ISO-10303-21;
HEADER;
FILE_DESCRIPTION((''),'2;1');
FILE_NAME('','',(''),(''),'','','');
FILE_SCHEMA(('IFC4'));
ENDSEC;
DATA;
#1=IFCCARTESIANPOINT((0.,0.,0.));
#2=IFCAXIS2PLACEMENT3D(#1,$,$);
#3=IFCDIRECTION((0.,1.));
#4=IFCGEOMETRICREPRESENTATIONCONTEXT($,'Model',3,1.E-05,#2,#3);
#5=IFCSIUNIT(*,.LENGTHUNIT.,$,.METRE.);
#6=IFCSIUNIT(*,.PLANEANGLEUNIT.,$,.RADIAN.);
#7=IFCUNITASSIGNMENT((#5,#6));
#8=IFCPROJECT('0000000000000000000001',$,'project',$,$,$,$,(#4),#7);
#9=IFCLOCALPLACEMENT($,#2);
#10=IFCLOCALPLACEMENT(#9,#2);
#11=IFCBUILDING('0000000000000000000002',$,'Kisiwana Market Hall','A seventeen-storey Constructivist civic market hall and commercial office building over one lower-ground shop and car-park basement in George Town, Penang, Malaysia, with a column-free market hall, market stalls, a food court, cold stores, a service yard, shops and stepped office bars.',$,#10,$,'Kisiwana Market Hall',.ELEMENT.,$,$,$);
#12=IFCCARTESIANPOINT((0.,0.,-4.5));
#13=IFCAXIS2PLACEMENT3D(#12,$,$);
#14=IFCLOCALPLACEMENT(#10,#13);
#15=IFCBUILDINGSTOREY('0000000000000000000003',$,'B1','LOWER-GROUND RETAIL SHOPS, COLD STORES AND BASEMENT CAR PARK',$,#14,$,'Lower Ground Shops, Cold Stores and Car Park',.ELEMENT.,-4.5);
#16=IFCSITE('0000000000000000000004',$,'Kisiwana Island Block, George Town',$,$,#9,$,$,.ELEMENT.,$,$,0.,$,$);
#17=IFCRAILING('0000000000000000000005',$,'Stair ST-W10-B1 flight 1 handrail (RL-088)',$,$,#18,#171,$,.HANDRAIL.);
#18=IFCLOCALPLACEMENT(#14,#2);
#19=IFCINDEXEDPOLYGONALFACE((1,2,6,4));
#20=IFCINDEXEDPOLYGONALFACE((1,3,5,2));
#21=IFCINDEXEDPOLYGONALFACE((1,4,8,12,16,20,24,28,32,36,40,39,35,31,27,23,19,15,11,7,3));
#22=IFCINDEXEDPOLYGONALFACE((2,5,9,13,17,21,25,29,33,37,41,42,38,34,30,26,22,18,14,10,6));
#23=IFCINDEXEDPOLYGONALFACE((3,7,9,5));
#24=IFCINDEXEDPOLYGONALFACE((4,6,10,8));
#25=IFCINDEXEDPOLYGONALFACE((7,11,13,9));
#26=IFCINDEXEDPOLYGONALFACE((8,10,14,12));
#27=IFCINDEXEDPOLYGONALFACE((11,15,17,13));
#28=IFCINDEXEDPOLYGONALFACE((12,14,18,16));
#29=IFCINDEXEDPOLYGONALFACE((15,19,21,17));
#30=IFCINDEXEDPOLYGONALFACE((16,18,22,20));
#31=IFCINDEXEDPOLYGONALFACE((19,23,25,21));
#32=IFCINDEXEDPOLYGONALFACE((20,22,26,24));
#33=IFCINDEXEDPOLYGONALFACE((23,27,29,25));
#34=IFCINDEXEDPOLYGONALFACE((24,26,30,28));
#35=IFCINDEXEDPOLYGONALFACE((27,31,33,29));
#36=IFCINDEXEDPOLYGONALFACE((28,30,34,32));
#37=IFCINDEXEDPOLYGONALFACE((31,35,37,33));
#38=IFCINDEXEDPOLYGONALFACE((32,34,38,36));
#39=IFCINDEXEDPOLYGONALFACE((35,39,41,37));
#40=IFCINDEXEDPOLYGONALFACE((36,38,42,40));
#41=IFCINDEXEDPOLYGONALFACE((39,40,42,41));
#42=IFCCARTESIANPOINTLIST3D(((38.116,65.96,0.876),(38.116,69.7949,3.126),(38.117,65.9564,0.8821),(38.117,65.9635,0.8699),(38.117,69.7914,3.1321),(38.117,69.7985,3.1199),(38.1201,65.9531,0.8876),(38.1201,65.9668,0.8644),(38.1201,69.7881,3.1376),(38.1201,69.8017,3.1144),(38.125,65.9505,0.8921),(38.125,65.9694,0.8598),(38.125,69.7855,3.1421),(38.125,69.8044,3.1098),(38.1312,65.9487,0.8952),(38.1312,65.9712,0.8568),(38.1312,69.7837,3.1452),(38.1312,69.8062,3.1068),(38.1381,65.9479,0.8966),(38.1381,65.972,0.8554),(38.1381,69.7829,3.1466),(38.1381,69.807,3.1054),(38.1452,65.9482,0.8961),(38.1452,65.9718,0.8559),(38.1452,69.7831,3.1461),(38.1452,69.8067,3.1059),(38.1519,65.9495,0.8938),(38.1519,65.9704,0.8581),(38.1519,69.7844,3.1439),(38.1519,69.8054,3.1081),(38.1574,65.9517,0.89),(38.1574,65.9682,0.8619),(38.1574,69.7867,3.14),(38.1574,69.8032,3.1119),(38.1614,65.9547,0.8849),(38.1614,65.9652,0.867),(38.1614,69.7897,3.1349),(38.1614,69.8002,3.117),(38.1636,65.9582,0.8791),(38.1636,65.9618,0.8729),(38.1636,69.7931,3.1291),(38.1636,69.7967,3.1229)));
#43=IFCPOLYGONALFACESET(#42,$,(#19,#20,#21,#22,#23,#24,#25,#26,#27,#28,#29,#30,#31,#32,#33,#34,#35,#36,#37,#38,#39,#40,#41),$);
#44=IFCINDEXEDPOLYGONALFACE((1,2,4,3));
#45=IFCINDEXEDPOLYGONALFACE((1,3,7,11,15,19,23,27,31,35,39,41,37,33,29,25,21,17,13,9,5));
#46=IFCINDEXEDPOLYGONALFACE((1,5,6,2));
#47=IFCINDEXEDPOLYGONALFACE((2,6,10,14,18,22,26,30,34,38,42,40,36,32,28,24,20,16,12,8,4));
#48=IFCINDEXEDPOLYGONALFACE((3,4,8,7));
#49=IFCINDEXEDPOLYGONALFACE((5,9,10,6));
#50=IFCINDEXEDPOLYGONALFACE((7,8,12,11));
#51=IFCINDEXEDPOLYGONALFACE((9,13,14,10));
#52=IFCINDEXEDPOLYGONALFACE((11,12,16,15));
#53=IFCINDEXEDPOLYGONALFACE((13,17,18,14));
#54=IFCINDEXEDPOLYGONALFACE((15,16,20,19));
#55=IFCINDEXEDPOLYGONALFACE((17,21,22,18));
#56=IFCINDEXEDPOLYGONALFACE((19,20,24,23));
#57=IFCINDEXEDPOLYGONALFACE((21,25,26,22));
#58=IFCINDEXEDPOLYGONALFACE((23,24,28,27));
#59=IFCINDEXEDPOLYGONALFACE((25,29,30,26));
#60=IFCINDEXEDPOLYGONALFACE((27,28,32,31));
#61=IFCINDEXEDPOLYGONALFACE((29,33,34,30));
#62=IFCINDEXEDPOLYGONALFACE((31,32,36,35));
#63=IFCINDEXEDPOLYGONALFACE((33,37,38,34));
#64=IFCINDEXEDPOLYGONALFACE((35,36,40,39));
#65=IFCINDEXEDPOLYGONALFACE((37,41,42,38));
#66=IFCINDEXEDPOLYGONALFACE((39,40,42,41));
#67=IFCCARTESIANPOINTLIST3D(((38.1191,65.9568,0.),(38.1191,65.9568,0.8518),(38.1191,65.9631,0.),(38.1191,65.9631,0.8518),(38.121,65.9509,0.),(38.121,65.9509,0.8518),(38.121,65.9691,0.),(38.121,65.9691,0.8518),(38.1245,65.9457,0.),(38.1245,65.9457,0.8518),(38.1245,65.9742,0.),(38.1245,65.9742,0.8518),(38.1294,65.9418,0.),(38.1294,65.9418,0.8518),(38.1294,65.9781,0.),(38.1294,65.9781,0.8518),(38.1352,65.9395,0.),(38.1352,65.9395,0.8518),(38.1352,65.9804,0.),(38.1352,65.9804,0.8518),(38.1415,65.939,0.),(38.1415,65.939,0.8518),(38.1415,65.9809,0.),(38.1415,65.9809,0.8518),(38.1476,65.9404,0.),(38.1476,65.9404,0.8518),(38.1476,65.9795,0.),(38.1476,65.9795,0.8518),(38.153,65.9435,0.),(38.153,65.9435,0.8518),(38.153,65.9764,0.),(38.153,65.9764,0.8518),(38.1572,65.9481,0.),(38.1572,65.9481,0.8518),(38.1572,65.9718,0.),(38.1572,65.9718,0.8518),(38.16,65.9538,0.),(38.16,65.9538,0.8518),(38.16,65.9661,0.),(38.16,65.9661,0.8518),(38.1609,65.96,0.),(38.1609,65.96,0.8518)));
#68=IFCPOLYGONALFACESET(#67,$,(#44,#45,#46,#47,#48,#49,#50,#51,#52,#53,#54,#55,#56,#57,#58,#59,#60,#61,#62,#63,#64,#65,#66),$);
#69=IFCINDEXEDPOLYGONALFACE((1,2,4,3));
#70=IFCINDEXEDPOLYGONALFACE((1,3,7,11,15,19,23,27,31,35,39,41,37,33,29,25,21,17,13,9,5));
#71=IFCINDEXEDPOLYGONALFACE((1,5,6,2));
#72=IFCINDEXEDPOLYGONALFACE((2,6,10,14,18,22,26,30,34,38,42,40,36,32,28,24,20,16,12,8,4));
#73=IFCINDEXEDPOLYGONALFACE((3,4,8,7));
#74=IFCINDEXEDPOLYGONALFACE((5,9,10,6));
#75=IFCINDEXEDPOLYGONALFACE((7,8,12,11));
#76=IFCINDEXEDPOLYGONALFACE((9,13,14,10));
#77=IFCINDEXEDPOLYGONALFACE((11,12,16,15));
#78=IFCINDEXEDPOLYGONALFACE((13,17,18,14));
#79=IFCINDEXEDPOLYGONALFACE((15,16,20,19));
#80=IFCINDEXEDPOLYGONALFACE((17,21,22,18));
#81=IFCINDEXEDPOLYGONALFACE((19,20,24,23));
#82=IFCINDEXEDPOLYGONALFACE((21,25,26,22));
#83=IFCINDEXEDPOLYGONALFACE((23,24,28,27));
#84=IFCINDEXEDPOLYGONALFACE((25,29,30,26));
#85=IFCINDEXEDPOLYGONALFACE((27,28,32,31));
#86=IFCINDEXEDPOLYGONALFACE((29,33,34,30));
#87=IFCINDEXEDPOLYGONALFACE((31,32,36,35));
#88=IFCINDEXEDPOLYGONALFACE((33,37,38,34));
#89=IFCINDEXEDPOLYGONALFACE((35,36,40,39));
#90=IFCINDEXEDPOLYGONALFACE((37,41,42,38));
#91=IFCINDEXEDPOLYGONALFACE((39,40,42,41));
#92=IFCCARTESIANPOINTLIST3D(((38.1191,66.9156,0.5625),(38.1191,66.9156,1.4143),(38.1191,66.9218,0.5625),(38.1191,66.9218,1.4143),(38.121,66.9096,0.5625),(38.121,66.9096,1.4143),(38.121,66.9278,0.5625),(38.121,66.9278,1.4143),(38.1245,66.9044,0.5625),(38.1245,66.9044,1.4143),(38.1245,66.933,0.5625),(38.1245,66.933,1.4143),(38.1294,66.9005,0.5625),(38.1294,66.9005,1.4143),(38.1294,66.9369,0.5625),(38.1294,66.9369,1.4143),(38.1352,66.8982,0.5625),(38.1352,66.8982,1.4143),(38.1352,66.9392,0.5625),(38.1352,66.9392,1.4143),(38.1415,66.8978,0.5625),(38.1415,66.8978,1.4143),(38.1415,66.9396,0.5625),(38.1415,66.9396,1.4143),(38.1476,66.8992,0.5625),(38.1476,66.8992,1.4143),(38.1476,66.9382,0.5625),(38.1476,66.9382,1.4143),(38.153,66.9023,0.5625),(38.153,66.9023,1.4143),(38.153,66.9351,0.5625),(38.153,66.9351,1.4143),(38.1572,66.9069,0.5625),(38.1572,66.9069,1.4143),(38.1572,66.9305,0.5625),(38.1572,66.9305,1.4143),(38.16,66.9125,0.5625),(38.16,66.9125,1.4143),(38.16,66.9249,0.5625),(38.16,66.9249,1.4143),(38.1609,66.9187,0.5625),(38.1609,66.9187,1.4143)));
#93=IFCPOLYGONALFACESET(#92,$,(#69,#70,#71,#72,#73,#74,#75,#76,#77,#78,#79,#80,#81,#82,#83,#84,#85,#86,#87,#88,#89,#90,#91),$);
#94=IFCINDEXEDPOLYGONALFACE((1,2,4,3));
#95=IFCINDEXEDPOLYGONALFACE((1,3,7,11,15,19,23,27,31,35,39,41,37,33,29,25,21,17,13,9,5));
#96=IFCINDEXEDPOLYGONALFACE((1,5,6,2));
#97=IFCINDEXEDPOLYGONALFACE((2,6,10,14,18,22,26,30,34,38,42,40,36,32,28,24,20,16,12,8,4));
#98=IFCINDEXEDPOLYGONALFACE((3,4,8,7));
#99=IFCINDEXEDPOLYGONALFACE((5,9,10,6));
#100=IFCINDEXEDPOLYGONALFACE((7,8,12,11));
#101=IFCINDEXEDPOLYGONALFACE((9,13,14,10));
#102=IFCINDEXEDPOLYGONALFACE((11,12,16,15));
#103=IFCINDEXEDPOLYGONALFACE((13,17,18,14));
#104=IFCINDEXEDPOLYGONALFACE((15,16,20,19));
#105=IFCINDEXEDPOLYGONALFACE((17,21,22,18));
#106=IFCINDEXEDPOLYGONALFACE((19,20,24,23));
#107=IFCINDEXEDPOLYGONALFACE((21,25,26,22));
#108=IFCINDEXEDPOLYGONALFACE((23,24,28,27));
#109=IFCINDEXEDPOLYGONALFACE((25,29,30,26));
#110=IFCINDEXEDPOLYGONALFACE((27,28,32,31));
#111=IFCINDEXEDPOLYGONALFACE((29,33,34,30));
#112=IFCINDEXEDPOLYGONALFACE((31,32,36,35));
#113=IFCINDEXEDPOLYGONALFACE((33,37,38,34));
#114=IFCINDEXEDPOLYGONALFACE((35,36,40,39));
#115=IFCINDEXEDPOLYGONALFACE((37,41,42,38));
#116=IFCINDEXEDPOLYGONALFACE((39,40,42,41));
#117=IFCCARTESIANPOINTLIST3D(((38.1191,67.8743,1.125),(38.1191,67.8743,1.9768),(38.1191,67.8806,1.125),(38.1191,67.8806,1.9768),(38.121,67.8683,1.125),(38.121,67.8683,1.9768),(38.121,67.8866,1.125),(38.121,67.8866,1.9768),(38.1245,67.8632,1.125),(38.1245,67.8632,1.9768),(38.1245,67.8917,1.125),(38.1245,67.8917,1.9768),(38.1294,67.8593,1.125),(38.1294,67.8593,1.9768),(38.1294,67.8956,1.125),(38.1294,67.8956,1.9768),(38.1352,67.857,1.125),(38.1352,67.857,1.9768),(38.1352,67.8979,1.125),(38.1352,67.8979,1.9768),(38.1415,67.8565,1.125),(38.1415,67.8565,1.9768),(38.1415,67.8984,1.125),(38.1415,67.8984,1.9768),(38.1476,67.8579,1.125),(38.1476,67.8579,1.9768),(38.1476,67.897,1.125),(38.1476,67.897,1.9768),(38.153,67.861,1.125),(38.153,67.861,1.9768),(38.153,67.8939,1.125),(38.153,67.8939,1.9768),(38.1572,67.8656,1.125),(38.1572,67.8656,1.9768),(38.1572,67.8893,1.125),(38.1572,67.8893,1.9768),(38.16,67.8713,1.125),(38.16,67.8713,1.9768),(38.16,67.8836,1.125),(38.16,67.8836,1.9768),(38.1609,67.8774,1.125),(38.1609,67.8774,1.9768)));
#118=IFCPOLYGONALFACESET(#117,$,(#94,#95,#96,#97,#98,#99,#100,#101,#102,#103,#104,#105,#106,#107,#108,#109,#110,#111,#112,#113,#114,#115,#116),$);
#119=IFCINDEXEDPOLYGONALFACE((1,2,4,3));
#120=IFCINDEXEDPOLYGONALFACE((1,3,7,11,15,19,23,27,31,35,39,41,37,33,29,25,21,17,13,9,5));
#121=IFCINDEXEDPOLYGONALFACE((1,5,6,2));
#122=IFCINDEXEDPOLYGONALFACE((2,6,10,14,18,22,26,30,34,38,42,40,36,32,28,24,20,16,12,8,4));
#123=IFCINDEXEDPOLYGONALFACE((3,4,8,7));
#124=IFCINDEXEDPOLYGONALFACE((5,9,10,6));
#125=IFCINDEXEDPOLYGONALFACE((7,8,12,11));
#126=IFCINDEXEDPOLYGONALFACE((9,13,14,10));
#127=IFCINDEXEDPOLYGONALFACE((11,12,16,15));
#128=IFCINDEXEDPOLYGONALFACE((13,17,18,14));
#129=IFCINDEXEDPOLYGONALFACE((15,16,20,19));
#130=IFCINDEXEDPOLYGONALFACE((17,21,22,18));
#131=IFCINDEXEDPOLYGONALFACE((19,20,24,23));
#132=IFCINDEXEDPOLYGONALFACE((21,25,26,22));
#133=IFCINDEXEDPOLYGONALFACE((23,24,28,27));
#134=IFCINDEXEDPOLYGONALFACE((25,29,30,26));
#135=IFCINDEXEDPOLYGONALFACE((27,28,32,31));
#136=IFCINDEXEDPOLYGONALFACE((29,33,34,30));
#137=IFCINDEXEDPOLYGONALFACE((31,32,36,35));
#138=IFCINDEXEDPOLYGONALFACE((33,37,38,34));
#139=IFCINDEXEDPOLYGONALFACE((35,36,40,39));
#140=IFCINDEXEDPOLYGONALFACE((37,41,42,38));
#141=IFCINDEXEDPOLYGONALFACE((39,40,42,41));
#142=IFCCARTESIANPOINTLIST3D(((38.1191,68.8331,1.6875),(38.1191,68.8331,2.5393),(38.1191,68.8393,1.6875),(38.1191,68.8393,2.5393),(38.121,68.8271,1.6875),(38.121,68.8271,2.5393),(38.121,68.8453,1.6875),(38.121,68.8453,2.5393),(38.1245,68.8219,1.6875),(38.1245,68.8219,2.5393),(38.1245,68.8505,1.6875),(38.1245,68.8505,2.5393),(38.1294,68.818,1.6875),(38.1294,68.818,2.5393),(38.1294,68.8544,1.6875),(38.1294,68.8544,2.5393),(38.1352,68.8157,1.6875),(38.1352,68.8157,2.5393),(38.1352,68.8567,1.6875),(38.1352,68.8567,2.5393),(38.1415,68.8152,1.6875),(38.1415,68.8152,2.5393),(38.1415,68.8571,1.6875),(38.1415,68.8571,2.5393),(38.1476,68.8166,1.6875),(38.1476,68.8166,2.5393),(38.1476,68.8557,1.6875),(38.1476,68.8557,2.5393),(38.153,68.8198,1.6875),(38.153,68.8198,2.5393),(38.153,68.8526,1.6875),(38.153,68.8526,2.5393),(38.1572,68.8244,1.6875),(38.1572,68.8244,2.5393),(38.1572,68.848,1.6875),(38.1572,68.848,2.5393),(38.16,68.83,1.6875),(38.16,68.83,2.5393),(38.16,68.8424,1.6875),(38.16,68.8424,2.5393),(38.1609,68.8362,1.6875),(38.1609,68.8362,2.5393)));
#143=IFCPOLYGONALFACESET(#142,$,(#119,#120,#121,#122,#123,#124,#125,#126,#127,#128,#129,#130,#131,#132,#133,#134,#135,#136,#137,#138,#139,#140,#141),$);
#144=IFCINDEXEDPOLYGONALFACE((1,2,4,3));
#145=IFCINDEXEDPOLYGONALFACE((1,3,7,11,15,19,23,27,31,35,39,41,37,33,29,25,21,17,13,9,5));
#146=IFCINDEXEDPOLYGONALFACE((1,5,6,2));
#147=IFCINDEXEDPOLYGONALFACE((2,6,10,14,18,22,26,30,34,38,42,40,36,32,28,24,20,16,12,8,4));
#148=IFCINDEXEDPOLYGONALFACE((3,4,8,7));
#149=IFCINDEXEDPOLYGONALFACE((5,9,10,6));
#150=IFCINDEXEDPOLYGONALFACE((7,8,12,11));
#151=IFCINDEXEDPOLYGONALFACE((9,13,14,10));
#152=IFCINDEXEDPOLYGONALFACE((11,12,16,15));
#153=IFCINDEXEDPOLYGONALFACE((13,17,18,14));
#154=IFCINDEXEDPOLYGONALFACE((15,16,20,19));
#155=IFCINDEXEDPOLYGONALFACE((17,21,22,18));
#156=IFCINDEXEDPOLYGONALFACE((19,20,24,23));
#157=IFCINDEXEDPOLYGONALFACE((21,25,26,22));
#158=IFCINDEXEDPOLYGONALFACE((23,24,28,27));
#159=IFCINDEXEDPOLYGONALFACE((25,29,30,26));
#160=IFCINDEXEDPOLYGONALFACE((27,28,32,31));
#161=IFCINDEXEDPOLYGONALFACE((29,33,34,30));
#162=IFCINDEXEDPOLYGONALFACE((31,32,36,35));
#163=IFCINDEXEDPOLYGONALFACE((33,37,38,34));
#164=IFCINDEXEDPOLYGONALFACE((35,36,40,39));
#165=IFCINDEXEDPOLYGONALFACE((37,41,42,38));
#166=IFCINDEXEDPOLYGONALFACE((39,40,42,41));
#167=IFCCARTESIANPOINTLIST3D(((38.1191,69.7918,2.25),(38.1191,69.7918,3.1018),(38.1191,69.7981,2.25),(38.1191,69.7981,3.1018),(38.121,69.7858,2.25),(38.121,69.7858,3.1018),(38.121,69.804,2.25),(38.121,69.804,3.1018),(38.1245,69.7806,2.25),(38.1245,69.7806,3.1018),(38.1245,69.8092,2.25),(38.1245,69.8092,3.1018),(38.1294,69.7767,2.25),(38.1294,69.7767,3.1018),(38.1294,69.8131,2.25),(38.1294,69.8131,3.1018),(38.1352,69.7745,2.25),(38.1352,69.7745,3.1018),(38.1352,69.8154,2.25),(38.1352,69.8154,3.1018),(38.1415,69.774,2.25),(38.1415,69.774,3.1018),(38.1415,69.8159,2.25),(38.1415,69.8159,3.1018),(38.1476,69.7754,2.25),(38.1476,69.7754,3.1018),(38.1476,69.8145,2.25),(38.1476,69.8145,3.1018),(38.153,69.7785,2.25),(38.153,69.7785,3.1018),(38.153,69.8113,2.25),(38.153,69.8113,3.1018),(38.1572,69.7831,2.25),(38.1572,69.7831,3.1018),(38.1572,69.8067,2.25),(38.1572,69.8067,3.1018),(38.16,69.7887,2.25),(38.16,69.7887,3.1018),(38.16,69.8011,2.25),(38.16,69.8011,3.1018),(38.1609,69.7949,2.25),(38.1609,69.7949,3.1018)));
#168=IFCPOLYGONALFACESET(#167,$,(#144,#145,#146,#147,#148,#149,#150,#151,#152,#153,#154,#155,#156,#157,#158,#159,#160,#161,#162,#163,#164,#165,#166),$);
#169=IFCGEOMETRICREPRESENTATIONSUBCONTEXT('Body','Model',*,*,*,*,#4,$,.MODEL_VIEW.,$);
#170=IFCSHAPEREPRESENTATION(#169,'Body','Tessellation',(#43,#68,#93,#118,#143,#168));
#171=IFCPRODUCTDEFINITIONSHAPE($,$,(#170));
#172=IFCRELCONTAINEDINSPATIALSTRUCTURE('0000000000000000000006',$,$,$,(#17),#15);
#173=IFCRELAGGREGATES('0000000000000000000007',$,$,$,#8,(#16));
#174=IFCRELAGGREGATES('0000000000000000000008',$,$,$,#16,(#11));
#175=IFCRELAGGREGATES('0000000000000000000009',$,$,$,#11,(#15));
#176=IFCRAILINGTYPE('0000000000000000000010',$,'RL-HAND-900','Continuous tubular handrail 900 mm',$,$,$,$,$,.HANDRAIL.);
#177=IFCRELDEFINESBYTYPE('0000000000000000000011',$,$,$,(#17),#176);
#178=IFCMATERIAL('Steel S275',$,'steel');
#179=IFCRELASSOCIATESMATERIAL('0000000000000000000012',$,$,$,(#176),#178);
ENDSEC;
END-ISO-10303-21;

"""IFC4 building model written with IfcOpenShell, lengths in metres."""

from ifc_helpers import new_model, si_unit, direction, frame, origin, origin_2d, place, context, subcontext, project, spatial, circle, extrude, material, type_object, element, save


model = new_model("IFC4")

# Units and contexts
model_context = context("Model", 3, precision=1e-05, world=origin(), true_north=direction((0.0, 1.0)))
body_context = subcontext(model_context, "Body", "Model", "MODEL_VIEW")
ifc_project = project(units=[si_unit("LENGTHUNIT", "METRE"), si_unit("PLANEANGLEUNIT", "RADIAN")], contexts=[model_context])

# Site, building, storey
site_placement = place(None, origin())
site = spatial("IfcSite", under=ifc_project, at=site_placement, Name="Kisiwana Island Block, George Town", CompositionType="ELEMENT", RefElevation=0.0)
building_placement = place(site_placement, origin())
building = spatial("IfcBuilding", under=site, at=building_placement, Name="Kisiwana Market Hall", Description="A seventeen-storey Constructivist civic market hall and commercial office building over one lower-ground shop and car-park basement in George Town, Penang, Malaysia, with a column-free market hall, market stalls, a food court, cold stores, a service yard, shops and stepped office bars.", LongName="Kisiwana Market Hall", CompositionType="ELEMENT")
storey_placement = place(building_placement, frame((0.0, 0.0, -4.5)))
storey = spatial("IfcBuildingStorey", under=building, at=storey_placement, Name="B1", Description="LOWER-GROUND RETAIL SHOPS, COLD STORES AND BASEMENT CAR PARK", LongName="Lower Ground Shops, Cold Stores and Car Park", CompositionType="ELEMENT", Elevation=-4.5)

# Railing
ifc_material_1 = material(Name="Steel S275", Category="steel")
railing_type_1 = type_object("IfcRailingType", Name="RL-HAND-900", Description="Continuous tubular handrail 900 mm", PredefinedType="HANDRAIL", material=ifc_material_1)
for number, where, name in (
    (1, (38.1399, 65.96, 0.0), "Stair ST-W10-B1 flight 1 handrail (RL-088)"),
):
    element("IfcRailing", number, at=place(storey_placement, frame(where)), inside=storey, type_object=railing_type_1, Name=name, PredefinedType="HANDRAIL", context=body_context, shape_type="SweptSolid", body=[
        extrude(circle(Radius=0.0239, at=origin_2d()), frame((0.0, 0.0, 0.876), z_axis=(0.0, 0.86251, 0.506041), x_axis=(-1.0, 0.0, 0.0)), (0.0, 0.0, 1.0), 4.4463),
        extrude(circle(Radius=0.021, at=origin_2d()), origin(), (0.0, 0.0, 1.0), 0.8518),
        extrude(circle(Radius=0.021, at=origin_2d()), frame((0.0, 0.9587, 0.5625)), (0.0, 0.0, 1.0), 0.8518),
        extrude(circle(Radius=0.021, at=origin_2d()), frame((0.0, 1.9175, 1.125)), (0.0, 0.0, 1.0), 0.8518),
        extrude(circle(Radius=0.021, at=origin_2d()), frame((0.0, 2.8762, 1.6875)), (0.0, 0.0, 1.0), 0.8518),
        extrude(circle(Radius=0.021, at=origin_2d()), frame((0.0, 3.835, 2.25)), (0.0, 0.0, 1.0), 0.8518),
    ])

save(model, "model.ifc")
